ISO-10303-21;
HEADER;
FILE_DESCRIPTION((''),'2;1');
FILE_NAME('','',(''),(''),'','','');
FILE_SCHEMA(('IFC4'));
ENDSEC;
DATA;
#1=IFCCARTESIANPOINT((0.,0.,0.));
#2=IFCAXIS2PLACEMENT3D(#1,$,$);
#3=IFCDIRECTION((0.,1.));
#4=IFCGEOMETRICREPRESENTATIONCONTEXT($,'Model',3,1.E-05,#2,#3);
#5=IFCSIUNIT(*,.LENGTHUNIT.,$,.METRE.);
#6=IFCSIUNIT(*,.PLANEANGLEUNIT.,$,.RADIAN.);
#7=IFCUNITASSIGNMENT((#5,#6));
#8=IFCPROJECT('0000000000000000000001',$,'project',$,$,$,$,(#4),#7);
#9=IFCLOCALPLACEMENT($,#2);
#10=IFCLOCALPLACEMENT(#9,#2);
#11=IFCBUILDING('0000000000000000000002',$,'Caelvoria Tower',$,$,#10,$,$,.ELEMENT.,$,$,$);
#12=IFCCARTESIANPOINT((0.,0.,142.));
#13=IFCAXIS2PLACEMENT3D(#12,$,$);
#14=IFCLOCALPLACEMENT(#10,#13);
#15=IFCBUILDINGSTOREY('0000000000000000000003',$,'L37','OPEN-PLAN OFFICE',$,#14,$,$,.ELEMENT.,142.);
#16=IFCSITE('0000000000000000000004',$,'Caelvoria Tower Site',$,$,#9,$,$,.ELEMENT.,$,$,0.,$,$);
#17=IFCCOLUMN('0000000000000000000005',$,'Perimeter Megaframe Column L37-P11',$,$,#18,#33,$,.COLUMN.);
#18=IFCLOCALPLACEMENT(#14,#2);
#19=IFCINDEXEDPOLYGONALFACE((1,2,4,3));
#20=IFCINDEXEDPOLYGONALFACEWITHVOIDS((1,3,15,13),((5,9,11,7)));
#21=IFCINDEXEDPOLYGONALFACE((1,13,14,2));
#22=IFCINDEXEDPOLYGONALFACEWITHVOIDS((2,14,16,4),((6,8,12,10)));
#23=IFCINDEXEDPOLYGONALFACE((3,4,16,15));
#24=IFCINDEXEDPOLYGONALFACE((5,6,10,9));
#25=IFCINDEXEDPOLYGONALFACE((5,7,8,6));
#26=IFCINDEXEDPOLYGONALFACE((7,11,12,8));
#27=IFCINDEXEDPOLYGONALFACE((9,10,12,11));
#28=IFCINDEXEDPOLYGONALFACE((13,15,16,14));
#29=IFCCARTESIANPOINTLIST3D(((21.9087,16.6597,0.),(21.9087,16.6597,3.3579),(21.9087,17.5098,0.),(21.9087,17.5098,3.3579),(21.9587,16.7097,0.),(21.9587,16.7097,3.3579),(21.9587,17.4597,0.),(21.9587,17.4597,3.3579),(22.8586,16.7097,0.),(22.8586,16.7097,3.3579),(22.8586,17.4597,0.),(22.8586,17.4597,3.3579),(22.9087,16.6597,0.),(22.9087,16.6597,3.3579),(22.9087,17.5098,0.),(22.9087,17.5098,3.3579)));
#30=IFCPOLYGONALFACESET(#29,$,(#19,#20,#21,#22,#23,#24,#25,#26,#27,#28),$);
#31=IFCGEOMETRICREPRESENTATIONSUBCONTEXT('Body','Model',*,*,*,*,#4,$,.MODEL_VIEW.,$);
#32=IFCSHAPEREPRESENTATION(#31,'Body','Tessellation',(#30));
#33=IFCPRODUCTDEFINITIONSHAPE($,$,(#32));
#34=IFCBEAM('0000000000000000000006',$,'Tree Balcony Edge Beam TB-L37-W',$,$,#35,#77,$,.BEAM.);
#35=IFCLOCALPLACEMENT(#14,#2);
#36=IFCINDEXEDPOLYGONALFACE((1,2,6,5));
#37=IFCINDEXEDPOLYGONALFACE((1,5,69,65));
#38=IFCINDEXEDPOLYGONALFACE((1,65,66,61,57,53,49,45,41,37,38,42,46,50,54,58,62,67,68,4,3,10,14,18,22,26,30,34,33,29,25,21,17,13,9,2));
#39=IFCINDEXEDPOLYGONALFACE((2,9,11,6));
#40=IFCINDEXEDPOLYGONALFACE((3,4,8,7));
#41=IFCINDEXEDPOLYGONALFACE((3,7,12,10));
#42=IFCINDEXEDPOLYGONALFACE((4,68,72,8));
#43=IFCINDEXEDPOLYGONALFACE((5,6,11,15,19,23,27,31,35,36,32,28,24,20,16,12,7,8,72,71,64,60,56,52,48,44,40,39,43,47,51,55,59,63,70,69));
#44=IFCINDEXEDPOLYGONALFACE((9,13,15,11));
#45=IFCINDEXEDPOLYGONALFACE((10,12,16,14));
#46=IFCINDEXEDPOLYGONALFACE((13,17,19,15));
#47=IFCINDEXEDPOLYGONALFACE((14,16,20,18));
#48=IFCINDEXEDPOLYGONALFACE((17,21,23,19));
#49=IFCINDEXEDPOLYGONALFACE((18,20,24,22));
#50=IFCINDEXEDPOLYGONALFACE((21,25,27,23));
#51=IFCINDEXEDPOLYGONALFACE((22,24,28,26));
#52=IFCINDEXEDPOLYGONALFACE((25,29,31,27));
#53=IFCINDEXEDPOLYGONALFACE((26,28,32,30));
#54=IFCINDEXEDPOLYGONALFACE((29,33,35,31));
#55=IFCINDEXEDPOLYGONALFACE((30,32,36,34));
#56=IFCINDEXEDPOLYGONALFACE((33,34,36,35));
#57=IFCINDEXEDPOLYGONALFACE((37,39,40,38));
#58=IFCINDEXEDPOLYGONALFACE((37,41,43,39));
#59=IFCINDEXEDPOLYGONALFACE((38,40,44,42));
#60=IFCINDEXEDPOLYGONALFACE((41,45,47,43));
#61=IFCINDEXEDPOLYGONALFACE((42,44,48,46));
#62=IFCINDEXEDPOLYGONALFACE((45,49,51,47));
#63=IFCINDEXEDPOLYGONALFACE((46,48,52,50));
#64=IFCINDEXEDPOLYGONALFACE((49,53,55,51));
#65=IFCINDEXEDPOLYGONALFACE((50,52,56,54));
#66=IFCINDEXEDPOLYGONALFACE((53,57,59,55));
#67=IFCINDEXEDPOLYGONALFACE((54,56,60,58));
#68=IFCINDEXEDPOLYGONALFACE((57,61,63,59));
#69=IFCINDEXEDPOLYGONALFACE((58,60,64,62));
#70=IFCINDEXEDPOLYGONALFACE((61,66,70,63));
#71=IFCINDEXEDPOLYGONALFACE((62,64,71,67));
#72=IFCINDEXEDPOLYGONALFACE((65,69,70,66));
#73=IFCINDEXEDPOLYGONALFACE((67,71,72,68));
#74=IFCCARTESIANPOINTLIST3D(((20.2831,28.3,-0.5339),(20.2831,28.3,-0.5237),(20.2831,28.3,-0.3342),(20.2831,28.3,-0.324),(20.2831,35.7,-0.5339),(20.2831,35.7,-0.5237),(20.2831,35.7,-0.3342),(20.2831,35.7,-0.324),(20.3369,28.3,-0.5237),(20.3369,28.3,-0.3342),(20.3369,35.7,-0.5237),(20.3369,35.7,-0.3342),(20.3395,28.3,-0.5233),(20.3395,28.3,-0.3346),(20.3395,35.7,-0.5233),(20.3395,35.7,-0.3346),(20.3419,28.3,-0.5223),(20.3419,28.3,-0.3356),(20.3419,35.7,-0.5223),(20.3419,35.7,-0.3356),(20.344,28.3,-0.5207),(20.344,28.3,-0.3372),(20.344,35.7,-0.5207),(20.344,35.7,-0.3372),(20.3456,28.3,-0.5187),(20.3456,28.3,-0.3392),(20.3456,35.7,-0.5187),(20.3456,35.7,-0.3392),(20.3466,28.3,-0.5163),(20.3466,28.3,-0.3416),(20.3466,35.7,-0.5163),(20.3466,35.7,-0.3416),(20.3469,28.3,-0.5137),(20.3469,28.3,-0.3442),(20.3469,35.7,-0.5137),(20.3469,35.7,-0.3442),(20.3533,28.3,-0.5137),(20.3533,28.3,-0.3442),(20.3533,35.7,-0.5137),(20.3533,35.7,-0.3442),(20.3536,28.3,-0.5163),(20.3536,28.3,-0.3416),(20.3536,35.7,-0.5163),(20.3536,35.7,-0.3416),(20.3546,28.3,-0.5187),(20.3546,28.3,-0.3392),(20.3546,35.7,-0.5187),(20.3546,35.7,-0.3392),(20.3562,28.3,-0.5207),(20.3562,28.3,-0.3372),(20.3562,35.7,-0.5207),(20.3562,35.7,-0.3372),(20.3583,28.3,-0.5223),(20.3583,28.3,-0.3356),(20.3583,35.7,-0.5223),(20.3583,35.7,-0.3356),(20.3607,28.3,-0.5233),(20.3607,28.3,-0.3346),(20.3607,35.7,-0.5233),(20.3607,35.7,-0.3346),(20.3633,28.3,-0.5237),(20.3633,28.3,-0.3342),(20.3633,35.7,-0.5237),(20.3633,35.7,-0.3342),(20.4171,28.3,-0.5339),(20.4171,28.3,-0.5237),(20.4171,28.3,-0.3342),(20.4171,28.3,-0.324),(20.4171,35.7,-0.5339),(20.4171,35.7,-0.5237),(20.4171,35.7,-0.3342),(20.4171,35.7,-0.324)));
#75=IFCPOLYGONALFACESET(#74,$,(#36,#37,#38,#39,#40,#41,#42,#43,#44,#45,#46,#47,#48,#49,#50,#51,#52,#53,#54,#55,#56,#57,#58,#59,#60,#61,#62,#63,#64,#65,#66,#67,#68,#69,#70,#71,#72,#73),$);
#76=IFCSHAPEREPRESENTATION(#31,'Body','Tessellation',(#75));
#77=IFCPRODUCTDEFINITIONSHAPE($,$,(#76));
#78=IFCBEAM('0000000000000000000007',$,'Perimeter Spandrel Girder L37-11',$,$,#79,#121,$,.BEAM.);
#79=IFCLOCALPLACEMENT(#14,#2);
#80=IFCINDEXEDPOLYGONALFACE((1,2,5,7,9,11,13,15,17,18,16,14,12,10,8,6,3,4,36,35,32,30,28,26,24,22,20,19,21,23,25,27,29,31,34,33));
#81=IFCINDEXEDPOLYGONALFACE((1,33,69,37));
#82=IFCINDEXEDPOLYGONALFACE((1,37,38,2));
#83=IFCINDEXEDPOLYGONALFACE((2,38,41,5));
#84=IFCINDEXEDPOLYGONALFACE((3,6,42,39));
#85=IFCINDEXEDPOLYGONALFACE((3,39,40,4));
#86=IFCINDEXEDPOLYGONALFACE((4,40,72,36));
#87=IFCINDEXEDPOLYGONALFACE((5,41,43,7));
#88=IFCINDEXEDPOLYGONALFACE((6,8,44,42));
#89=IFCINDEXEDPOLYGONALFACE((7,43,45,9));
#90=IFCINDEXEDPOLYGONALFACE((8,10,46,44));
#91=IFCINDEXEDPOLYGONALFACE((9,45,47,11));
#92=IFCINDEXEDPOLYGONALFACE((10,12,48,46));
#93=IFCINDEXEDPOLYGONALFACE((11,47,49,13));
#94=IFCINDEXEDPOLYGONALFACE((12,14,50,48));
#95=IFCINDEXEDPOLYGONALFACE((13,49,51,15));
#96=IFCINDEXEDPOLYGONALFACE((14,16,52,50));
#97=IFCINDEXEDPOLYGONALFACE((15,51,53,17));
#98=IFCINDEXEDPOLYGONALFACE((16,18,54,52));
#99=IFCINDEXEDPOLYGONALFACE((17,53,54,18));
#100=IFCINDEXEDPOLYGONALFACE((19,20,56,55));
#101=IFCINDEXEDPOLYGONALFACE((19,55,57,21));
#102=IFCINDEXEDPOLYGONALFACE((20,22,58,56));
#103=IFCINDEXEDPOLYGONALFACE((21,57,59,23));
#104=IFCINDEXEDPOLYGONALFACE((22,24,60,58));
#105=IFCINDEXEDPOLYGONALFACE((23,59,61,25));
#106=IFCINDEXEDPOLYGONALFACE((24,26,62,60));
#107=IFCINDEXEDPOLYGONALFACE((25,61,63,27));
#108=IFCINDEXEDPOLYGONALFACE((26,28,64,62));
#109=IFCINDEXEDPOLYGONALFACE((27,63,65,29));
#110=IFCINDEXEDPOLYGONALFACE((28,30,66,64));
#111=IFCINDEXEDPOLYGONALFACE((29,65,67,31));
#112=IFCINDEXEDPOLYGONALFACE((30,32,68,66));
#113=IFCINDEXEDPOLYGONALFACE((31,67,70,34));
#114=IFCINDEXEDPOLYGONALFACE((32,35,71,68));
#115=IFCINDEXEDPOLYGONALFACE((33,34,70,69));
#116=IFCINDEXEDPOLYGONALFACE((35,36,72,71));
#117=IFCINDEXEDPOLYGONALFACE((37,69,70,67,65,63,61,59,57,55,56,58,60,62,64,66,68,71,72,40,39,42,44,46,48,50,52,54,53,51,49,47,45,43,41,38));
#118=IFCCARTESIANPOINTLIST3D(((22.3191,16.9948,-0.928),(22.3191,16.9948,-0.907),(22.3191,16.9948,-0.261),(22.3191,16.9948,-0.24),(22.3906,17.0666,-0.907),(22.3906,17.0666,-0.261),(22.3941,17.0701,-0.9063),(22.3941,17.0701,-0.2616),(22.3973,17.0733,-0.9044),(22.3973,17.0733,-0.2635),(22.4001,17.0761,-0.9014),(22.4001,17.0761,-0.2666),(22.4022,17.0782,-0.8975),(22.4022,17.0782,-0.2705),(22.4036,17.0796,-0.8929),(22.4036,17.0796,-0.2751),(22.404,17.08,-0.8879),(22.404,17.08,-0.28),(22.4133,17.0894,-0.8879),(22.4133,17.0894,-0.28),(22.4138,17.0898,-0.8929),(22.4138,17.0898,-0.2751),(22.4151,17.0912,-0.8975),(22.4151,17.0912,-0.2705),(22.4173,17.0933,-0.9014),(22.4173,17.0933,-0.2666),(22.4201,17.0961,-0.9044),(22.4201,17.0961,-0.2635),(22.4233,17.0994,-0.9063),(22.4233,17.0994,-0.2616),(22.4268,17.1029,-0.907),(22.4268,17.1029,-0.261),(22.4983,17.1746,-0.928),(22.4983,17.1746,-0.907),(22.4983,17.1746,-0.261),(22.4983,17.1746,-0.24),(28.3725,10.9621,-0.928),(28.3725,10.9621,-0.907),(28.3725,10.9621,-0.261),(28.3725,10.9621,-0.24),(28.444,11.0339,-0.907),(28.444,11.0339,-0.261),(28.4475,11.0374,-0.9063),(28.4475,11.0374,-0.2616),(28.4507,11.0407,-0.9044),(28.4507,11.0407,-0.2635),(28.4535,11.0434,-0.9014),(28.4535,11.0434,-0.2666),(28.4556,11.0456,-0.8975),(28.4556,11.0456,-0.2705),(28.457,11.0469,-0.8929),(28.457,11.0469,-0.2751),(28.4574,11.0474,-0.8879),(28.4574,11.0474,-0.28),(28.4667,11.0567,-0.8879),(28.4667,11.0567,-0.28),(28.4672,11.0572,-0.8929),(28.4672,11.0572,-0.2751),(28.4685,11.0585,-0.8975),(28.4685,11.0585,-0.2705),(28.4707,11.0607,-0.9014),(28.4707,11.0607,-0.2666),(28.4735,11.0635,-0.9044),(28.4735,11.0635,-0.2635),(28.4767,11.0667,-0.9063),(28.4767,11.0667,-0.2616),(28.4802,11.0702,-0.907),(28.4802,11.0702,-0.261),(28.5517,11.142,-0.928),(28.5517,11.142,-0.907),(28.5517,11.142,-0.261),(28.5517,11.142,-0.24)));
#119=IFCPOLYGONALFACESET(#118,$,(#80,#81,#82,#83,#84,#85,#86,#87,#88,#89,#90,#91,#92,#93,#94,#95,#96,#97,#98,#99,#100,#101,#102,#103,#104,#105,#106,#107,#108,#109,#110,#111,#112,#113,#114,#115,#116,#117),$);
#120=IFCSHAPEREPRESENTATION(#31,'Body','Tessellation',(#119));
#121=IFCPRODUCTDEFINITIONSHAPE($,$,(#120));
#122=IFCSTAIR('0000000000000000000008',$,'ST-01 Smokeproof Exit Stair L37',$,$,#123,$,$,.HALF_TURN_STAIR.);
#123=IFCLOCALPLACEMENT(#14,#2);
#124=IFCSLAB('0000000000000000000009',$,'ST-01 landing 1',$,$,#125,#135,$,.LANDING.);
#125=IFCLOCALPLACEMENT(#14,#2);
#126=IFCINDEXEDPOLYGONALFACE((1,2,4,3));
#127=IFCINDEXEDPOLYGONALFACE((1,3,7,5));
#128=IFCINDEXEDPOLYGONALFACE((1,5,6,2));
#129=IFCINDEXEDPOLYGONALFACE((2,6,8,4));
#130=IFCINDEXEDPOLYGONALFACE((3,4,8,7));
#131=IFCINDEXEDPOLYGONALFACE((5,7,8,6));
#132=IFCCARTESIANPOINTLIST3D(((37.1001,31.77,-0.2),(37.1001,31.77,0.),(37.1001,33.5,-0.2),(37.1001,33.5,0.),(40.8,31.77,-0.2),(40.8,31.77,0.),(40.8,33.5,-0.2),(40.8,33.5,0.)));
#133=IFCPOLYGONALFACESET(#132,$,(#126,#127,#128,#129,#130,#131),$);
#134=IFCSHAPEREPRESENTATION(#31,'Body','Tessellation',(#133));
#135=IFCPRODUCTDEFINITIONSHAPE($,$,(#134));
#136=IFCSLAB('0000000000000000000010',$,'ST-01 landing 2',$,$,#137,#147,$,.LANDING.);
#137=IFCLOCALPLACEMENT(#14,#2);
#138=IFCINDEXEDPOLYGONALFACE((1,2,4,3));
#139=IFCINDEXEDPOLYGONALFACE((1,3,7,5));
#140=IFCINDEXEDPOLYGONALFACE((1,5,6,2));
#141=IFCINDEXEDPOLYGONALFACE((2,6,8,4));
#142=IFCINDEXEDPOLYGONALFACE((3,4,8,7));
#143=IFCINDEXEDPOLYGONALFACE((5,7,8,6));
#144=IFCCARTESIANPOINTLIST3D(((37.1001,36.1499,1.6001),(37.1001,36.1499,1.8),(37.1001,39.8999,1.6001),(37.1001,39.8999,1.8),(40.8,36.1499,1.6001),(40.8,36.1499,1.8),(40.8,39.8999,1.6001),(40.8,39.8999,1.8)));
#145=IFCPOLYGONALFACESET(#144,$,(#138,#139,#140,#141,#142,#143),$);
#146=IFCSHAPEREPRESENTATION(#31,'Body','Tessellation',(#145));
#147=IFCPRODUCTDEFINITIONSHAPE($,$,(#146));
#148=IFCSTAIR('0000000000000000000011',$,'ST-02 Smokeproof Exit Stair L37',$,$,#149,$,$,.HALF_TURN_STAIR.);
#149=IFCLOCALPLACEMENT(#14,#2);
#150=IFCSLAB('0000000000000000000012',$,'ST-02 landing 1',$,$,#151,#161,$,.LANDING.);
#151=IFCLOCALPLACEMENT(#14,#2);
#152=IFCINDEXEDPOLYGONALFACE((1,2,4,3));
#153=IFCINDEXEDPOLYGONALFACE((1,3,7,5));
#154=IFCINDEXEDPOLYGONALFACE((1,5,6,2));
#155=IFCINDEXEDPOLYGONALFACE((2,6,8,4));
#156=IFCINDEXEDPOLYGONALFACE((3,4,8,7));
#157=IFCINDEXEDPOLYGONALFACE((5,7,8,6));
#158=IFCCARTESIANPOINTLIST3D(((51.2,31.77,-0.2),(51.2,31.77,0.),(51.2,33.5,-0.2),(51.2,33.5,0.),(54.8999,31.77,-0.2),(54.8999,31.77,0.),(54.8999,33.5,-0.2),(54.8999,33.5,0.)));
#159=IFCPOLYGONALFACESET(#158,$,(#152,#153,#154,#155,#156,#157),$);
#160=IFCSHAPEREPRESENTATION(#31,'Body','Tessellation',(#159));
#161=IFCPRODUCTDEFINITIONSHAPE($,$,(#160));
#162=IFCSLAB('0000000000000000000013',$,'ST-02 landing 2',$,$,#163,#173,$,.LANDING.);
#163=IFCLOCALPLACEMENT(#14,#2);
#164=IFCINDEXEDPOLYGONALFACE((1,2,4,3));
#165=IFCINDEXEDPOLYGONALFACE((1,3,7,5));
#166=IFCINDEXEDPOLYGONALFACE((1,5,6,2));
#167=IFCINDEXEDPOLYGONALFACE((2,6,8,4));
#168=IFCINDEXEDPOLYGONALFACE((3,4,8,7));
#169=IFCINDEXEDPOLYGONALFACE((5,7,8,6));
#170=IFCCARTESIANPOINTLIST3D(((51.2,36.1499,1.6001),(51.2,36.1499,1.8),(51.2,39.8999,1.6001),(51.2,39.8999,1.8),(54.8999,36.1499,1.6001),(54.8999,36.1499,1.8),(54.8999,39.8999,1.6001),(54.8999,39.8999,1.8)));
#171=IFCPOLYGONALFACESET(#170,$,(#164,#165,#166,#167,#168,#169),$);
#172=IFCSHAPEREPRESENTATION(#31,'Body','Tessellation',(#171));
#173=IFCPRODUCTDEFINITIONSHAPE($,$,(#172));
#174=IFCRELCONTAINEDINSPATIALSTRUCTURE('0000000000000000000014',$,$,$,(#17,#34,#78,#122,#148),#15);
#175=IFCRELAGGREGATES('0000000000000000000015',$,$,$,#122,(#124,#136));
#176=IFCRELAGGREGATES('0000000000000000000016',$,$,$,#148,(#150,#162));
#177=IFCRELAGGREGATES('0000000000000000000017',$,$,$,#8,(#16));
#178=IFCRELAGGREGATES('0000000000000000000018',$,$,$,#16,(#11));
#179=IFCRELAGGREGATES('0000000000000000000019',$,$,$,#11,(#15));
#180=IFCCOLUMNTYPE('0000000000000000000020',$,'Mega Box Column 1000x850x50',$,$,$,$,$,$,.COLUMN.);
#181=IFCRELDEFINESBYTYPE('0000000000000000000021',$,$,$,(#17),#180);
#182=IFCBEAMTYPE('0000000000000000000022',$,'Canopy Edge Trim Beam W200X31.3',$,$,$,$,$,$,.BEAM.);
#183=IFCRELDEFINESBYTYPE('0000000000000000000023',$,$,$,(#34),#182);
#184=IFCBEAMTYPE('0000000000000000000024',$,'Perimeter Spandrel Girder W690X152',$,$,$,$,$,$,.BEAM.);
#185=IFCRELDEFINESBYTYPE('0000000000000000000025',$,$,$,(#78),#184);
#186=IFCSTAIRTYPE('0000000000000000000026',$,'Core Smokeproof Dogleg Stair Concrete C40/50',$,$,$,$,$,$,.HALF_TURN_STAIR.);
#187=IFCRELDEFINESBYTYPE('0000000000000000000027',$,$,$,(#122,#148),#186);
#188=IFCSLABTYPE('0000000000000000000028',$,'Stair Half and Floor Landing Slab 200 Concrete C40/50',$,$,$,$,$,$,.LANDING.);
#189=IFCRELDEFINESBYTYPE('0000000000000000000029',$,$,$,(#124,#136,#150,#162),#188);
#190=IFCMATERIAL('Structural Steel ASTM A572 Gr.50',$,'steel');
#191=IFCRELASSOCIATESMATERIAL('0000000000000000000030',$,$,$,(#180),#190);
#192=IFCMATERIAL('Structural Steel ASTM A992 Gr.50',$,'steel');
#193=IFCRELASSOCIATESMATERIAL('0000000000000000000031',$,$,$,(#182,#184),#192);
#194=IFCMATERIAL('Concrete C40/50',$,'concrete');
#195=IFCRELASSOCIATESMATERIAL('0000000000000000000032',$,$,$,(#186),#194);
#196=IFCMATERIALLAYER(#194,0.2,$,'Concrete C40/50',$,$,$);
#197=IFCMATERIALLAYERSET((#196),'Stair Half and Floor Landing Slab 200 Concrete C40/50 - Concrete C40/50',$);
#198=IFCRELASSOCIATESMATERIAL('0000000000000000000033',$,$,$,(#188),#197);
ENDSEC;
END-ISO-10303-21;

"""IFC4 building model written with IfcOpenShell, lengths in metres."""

from ifc_helpers import new_model, si_unit, direction, frame, origin, origin_2d, place, context, subcontext, project, spatial, polyline, hollow_rectangle, i_section, outline, extrude, material, layer, layer_set, material_profile, profile_set, type_object, element, aggregate, save


model = new_model("IFC4")

# Units and contexts
model_context = context("Model", 3, precision=1e-05, world=origin(), true_north=direction((0.0, 1.0)))
body_context = subcontext(model_context, "Body", "Model", "MODEL_VIEW")
ifc_project = project(units=[si_unit("LENGTHUNIT", "METRE"), si_unit("PLANEANGLEUNIT", "RADIAN")], contexts=[model_context])

# Site, building, storey
site_placement = place(None, origin())
site = spatial("IfcSite", under=ifc_project, at=site_placement, Name="Caelvoria Tower Site", CompositionType="ELEMENT", RefElevation=0.0)
building_placement = place(site_placement, origin())
building = spatial("IfcBuilding", under=site, at=building_placement, Name="Caelvoria Tower", CompositionType="ELEMENT")
storey_placement = place(building_placement, frame((0.0, 0.0, 142.0)))
storey = spatial("IfcBuildingStorey", under=building, at=storey_placement, Name="L37", Description="OPEN-PLAN OFFICE", CompositionType="ELEMENT", Elevation=142.0)

# Column
ifc_material_1 = material(Name="Structural Steel ASTM A572 Gr.50", Category="steel")
ifc_material_profile_1 = material_profile(ifc_material_1, hollow_rectangle(XDim=0.8501, YDim=1.0, WallThickness=0.05, at=origin_2d()), Name="Structural Steel ASTM A572 Gr.50")
ifc_profile_set_1 = profile_set([ifc_material_profile_1], Name="BOX1000X850X50 - Structural Steel ASTM A572 Gr.50")
column_type = type_object("IfcColumnType", Name="Mega Box Column 1000x850x50", PredefinedType="COLUMN", material=ifc_profile_set_1)
column_placement = place(storey_placement, frame((22.4087, 17.0847, 0.0), z_axis=(0.0, 0.0, 1.0), x_axis=(0.0, 1.0, 0.0)))
element("IfcColumn", 1, at=column_placement, inside=storey, type_object=column_type, Name="Perimeter Megaframe Column L37-P11", PredefinedType="COLUMN", context=body_context, shape_type="SweptSolid", body=[
    extrude(hollow_rectangle(XDim=0.8501, YDim=1.0, WallThickness=0.05, at=origin_2d()), origin(), (0.0, 0.0, 1.0), 3.3579),
])

# Beams
ifc_material_2 = material(Name="Structural Steel ASTM A992 Gr.50", Category="steel")
ifc_material_profile_2 = material_profile(ifc_material_2, i_section(OverallWidth=0.134, OverallDepth=0.21, WebThickness=0.0063, FlangeThickness=0.0103, FilletRadius=0.01, at=origin_2d()), Name="Structural Steel ASTM A992 Gr.50")
ifc_profile_set_2 = profile_set([ifc_material_profile_2], Name="W200X31.3 - Structural Steel ASTM A992 Gr.50")
beam_type_1 = type_object("IfcBeamType", Name="Canopy Edge Trim Beam W200X31.3", PredefinedType="BEAM", material=ifc_profile_set_2)
beam_1_placement = place(storey_placement, frame((20.3501, 28.3, -0.429), z_axis=(0.0, 1.0, 0.0), x_axis=(-1.0, 0.0, 0.0)))
element("IfcBeam", 2, at=beam_1_placement, inside=storey, type_object=beam_type_1, Name="Tree Balcony Edge Beam TB-L37-W", PredefinedType="BEAM", context=body_context, shape_type="SweptSolid", body=[
    extrude(i_section(OverallWidth=0.134, OverallDepth=0.21, WebThickness=0.0063, FlangeThickness=0.0103, FilletRadius=0.01, at=origin_2d()), origin(), (0.0, 0.0, 1.0), 7.3999),
])
ifc_material_profile_3 = material_profile(ifc_material_2, i_section(OverallWidth=0.2539, OverallDepth=0.688, WebThickness=0.0132, FlangeThickness=0.021, FilletRadius=0.019, at=origin_2d()), Name="Structural Steel ASTM A992 Gr.50")
ifc_profile_set_3 = profile_set([ifc_material_profile_3], Name="W690X152 - Structural Steel ASTM A992 Gr.50")
beam_type_2 = type_object("IfcBeamType", Name="Perimeter Spandrel Girder W690X152", PredefinedType="BEAM", material=ifc_profile_set_3)
beam_2_placement = place(storey_placement, frame((22.4087, 17.0847, -0.584), z_axis=(0.70832, -0.705892, 0.0), x_axis=(0.705892, 0.70832, 0.0)))
element("IfcBeam", 3, at=beam_2_placement, inside=storey, type_object=beam_type_2, Name="Perimeter Spandrel Girder L37-11", PredefinedType="BEAM", context=body_context, shape_type="SweptSolid", body=[
    extrude(i_section(OverallWidth=0.2539, OverallDepth=0.688, WebThickness=0.0132, FlangeThickness=0.021, FilletRadius=0.019, at=origin_2d()), origin(), (0.0, 0.0, 1.0), 8.5461),
])

# Stairs, slabs
ifc_material_3 = material(Name="Concrete C40/50", Category="concrete")
stair_type = type_object("IfcStairType", Name="Core Smokeproof Dogleg Stair Concrete C40/50", PredefinedType="HALF_TURN_STAIR", material=ifc_material_3)
stair_1_placement = place(storey_placement, origin())
stair_1 = element("IfcStair", 4, at=stair_1_placement, inside=storey, type_object=stair_type, Name="ST-01 Smokeproof Exit Stair L37", PredefinedType="HALF_TURN_STAIR")
ifc_layer_1 = layer(ifc_material_3, 0.2, Name="Concrete C40/50")
ifc_layer_set_1 = layer_set([ifc_layer_1], Name="Stair Half and Floor Landing Slab 200 Concrete C40/50 - Concrete C40/50")
slab_type_1 = type_object("IfcSlabType", Name="Stair Half and Floor Landing Slab 200 Concrete C40/50", PredefinedType="LANDING", material=ifc_layer_set_1)
slab_1_placement = place(storey_placement, frame((0.0, 0.0, -0.2)))
slab_1 = element("IfcSlab", 5, at=slab_1_placement, type_object=slab_type_1, Name="ST-01 landing 1", PredefinedType="LANDING", context=body_context, shape_type="SweptSolid", body=[
    extrude(outline(polyline([(37.1001, 31.77), (40.8, 31.77), (40.8, 33.5), (37.1001, 33.5), (37.1001, 31.77)])), origin(), (0.0, 0.0, 1.0), 0.2),
])
slab_2_placement = place(storey_placement, frame((0.0, 0.0, 1.6001)))
slab_2 = element("IfcSlab", 6, at=slab_2_placement, type_object=slab_type_1, Name="ST-01 landing 2", PredefinedType="LANDING", context=body_context, shape_type="SweptSolid", body=[
    extrude(outline(polyline([(37.1001, 36.1499), (40.8, 36.1499), (40.8, 39.8999), (37.1001, 39.8999), (37.1001, 36.1499)])), origin(), (0.0, 0.0, 1.0), 0.2),
])
aggregate(stair_1, [slab_1, slab_2])
stair_2_placement = place(storey_placement, origin())
stair_2 = element("IfcStair", 7, at=stair_2_placement, inside=storey, type_object=stair_type, Name="ST-02 Smokeproof Exit Stair L37", PredefinedType="HALF_TURN_STAIR")
slab_3_placement = place(storey_placement, frame((0.0, 0.0, -0.2)))
slab_3 = element("IfcSlab", 8, at=slab_3_placement, type_object=slab_type_1, Name="ST-02 landing 1", PredefinedType="LANDING", context=body_context, shape_type="SweptSolid", body=[
    extrude(outline(polyline([(51.2, 31.77), (54.8999, 31.77), (54.8999, 33.5), (51.2, 33.5), (51.2, 31.77)])), origin(), (0.0, 0.0, 1.0), 0.2),
])
slab_4_placement = place(storey_placement, frame((0.0, 0.0, 1.6001)))
slab_4 = element("IfcSlab", 9, at=slab_4_placement, type_object=slab_type_1, Name="ST-02 landing 2", PredefinedType="LANDING", context=body_context, shape_type="SweptSolid", body=[
    extrude(outline(polyline([(51.2, 36.1499), (54.8999, 36.1499), (54.8999, 39.8999), (51.2, 39.8999), (51.2, 36.1499)])), origin(), (0.0, 0.0, 1.0), 0.2),
])
aggregate(stair_2, [slab_3, slab_4])

save(model, "model.ifc")
